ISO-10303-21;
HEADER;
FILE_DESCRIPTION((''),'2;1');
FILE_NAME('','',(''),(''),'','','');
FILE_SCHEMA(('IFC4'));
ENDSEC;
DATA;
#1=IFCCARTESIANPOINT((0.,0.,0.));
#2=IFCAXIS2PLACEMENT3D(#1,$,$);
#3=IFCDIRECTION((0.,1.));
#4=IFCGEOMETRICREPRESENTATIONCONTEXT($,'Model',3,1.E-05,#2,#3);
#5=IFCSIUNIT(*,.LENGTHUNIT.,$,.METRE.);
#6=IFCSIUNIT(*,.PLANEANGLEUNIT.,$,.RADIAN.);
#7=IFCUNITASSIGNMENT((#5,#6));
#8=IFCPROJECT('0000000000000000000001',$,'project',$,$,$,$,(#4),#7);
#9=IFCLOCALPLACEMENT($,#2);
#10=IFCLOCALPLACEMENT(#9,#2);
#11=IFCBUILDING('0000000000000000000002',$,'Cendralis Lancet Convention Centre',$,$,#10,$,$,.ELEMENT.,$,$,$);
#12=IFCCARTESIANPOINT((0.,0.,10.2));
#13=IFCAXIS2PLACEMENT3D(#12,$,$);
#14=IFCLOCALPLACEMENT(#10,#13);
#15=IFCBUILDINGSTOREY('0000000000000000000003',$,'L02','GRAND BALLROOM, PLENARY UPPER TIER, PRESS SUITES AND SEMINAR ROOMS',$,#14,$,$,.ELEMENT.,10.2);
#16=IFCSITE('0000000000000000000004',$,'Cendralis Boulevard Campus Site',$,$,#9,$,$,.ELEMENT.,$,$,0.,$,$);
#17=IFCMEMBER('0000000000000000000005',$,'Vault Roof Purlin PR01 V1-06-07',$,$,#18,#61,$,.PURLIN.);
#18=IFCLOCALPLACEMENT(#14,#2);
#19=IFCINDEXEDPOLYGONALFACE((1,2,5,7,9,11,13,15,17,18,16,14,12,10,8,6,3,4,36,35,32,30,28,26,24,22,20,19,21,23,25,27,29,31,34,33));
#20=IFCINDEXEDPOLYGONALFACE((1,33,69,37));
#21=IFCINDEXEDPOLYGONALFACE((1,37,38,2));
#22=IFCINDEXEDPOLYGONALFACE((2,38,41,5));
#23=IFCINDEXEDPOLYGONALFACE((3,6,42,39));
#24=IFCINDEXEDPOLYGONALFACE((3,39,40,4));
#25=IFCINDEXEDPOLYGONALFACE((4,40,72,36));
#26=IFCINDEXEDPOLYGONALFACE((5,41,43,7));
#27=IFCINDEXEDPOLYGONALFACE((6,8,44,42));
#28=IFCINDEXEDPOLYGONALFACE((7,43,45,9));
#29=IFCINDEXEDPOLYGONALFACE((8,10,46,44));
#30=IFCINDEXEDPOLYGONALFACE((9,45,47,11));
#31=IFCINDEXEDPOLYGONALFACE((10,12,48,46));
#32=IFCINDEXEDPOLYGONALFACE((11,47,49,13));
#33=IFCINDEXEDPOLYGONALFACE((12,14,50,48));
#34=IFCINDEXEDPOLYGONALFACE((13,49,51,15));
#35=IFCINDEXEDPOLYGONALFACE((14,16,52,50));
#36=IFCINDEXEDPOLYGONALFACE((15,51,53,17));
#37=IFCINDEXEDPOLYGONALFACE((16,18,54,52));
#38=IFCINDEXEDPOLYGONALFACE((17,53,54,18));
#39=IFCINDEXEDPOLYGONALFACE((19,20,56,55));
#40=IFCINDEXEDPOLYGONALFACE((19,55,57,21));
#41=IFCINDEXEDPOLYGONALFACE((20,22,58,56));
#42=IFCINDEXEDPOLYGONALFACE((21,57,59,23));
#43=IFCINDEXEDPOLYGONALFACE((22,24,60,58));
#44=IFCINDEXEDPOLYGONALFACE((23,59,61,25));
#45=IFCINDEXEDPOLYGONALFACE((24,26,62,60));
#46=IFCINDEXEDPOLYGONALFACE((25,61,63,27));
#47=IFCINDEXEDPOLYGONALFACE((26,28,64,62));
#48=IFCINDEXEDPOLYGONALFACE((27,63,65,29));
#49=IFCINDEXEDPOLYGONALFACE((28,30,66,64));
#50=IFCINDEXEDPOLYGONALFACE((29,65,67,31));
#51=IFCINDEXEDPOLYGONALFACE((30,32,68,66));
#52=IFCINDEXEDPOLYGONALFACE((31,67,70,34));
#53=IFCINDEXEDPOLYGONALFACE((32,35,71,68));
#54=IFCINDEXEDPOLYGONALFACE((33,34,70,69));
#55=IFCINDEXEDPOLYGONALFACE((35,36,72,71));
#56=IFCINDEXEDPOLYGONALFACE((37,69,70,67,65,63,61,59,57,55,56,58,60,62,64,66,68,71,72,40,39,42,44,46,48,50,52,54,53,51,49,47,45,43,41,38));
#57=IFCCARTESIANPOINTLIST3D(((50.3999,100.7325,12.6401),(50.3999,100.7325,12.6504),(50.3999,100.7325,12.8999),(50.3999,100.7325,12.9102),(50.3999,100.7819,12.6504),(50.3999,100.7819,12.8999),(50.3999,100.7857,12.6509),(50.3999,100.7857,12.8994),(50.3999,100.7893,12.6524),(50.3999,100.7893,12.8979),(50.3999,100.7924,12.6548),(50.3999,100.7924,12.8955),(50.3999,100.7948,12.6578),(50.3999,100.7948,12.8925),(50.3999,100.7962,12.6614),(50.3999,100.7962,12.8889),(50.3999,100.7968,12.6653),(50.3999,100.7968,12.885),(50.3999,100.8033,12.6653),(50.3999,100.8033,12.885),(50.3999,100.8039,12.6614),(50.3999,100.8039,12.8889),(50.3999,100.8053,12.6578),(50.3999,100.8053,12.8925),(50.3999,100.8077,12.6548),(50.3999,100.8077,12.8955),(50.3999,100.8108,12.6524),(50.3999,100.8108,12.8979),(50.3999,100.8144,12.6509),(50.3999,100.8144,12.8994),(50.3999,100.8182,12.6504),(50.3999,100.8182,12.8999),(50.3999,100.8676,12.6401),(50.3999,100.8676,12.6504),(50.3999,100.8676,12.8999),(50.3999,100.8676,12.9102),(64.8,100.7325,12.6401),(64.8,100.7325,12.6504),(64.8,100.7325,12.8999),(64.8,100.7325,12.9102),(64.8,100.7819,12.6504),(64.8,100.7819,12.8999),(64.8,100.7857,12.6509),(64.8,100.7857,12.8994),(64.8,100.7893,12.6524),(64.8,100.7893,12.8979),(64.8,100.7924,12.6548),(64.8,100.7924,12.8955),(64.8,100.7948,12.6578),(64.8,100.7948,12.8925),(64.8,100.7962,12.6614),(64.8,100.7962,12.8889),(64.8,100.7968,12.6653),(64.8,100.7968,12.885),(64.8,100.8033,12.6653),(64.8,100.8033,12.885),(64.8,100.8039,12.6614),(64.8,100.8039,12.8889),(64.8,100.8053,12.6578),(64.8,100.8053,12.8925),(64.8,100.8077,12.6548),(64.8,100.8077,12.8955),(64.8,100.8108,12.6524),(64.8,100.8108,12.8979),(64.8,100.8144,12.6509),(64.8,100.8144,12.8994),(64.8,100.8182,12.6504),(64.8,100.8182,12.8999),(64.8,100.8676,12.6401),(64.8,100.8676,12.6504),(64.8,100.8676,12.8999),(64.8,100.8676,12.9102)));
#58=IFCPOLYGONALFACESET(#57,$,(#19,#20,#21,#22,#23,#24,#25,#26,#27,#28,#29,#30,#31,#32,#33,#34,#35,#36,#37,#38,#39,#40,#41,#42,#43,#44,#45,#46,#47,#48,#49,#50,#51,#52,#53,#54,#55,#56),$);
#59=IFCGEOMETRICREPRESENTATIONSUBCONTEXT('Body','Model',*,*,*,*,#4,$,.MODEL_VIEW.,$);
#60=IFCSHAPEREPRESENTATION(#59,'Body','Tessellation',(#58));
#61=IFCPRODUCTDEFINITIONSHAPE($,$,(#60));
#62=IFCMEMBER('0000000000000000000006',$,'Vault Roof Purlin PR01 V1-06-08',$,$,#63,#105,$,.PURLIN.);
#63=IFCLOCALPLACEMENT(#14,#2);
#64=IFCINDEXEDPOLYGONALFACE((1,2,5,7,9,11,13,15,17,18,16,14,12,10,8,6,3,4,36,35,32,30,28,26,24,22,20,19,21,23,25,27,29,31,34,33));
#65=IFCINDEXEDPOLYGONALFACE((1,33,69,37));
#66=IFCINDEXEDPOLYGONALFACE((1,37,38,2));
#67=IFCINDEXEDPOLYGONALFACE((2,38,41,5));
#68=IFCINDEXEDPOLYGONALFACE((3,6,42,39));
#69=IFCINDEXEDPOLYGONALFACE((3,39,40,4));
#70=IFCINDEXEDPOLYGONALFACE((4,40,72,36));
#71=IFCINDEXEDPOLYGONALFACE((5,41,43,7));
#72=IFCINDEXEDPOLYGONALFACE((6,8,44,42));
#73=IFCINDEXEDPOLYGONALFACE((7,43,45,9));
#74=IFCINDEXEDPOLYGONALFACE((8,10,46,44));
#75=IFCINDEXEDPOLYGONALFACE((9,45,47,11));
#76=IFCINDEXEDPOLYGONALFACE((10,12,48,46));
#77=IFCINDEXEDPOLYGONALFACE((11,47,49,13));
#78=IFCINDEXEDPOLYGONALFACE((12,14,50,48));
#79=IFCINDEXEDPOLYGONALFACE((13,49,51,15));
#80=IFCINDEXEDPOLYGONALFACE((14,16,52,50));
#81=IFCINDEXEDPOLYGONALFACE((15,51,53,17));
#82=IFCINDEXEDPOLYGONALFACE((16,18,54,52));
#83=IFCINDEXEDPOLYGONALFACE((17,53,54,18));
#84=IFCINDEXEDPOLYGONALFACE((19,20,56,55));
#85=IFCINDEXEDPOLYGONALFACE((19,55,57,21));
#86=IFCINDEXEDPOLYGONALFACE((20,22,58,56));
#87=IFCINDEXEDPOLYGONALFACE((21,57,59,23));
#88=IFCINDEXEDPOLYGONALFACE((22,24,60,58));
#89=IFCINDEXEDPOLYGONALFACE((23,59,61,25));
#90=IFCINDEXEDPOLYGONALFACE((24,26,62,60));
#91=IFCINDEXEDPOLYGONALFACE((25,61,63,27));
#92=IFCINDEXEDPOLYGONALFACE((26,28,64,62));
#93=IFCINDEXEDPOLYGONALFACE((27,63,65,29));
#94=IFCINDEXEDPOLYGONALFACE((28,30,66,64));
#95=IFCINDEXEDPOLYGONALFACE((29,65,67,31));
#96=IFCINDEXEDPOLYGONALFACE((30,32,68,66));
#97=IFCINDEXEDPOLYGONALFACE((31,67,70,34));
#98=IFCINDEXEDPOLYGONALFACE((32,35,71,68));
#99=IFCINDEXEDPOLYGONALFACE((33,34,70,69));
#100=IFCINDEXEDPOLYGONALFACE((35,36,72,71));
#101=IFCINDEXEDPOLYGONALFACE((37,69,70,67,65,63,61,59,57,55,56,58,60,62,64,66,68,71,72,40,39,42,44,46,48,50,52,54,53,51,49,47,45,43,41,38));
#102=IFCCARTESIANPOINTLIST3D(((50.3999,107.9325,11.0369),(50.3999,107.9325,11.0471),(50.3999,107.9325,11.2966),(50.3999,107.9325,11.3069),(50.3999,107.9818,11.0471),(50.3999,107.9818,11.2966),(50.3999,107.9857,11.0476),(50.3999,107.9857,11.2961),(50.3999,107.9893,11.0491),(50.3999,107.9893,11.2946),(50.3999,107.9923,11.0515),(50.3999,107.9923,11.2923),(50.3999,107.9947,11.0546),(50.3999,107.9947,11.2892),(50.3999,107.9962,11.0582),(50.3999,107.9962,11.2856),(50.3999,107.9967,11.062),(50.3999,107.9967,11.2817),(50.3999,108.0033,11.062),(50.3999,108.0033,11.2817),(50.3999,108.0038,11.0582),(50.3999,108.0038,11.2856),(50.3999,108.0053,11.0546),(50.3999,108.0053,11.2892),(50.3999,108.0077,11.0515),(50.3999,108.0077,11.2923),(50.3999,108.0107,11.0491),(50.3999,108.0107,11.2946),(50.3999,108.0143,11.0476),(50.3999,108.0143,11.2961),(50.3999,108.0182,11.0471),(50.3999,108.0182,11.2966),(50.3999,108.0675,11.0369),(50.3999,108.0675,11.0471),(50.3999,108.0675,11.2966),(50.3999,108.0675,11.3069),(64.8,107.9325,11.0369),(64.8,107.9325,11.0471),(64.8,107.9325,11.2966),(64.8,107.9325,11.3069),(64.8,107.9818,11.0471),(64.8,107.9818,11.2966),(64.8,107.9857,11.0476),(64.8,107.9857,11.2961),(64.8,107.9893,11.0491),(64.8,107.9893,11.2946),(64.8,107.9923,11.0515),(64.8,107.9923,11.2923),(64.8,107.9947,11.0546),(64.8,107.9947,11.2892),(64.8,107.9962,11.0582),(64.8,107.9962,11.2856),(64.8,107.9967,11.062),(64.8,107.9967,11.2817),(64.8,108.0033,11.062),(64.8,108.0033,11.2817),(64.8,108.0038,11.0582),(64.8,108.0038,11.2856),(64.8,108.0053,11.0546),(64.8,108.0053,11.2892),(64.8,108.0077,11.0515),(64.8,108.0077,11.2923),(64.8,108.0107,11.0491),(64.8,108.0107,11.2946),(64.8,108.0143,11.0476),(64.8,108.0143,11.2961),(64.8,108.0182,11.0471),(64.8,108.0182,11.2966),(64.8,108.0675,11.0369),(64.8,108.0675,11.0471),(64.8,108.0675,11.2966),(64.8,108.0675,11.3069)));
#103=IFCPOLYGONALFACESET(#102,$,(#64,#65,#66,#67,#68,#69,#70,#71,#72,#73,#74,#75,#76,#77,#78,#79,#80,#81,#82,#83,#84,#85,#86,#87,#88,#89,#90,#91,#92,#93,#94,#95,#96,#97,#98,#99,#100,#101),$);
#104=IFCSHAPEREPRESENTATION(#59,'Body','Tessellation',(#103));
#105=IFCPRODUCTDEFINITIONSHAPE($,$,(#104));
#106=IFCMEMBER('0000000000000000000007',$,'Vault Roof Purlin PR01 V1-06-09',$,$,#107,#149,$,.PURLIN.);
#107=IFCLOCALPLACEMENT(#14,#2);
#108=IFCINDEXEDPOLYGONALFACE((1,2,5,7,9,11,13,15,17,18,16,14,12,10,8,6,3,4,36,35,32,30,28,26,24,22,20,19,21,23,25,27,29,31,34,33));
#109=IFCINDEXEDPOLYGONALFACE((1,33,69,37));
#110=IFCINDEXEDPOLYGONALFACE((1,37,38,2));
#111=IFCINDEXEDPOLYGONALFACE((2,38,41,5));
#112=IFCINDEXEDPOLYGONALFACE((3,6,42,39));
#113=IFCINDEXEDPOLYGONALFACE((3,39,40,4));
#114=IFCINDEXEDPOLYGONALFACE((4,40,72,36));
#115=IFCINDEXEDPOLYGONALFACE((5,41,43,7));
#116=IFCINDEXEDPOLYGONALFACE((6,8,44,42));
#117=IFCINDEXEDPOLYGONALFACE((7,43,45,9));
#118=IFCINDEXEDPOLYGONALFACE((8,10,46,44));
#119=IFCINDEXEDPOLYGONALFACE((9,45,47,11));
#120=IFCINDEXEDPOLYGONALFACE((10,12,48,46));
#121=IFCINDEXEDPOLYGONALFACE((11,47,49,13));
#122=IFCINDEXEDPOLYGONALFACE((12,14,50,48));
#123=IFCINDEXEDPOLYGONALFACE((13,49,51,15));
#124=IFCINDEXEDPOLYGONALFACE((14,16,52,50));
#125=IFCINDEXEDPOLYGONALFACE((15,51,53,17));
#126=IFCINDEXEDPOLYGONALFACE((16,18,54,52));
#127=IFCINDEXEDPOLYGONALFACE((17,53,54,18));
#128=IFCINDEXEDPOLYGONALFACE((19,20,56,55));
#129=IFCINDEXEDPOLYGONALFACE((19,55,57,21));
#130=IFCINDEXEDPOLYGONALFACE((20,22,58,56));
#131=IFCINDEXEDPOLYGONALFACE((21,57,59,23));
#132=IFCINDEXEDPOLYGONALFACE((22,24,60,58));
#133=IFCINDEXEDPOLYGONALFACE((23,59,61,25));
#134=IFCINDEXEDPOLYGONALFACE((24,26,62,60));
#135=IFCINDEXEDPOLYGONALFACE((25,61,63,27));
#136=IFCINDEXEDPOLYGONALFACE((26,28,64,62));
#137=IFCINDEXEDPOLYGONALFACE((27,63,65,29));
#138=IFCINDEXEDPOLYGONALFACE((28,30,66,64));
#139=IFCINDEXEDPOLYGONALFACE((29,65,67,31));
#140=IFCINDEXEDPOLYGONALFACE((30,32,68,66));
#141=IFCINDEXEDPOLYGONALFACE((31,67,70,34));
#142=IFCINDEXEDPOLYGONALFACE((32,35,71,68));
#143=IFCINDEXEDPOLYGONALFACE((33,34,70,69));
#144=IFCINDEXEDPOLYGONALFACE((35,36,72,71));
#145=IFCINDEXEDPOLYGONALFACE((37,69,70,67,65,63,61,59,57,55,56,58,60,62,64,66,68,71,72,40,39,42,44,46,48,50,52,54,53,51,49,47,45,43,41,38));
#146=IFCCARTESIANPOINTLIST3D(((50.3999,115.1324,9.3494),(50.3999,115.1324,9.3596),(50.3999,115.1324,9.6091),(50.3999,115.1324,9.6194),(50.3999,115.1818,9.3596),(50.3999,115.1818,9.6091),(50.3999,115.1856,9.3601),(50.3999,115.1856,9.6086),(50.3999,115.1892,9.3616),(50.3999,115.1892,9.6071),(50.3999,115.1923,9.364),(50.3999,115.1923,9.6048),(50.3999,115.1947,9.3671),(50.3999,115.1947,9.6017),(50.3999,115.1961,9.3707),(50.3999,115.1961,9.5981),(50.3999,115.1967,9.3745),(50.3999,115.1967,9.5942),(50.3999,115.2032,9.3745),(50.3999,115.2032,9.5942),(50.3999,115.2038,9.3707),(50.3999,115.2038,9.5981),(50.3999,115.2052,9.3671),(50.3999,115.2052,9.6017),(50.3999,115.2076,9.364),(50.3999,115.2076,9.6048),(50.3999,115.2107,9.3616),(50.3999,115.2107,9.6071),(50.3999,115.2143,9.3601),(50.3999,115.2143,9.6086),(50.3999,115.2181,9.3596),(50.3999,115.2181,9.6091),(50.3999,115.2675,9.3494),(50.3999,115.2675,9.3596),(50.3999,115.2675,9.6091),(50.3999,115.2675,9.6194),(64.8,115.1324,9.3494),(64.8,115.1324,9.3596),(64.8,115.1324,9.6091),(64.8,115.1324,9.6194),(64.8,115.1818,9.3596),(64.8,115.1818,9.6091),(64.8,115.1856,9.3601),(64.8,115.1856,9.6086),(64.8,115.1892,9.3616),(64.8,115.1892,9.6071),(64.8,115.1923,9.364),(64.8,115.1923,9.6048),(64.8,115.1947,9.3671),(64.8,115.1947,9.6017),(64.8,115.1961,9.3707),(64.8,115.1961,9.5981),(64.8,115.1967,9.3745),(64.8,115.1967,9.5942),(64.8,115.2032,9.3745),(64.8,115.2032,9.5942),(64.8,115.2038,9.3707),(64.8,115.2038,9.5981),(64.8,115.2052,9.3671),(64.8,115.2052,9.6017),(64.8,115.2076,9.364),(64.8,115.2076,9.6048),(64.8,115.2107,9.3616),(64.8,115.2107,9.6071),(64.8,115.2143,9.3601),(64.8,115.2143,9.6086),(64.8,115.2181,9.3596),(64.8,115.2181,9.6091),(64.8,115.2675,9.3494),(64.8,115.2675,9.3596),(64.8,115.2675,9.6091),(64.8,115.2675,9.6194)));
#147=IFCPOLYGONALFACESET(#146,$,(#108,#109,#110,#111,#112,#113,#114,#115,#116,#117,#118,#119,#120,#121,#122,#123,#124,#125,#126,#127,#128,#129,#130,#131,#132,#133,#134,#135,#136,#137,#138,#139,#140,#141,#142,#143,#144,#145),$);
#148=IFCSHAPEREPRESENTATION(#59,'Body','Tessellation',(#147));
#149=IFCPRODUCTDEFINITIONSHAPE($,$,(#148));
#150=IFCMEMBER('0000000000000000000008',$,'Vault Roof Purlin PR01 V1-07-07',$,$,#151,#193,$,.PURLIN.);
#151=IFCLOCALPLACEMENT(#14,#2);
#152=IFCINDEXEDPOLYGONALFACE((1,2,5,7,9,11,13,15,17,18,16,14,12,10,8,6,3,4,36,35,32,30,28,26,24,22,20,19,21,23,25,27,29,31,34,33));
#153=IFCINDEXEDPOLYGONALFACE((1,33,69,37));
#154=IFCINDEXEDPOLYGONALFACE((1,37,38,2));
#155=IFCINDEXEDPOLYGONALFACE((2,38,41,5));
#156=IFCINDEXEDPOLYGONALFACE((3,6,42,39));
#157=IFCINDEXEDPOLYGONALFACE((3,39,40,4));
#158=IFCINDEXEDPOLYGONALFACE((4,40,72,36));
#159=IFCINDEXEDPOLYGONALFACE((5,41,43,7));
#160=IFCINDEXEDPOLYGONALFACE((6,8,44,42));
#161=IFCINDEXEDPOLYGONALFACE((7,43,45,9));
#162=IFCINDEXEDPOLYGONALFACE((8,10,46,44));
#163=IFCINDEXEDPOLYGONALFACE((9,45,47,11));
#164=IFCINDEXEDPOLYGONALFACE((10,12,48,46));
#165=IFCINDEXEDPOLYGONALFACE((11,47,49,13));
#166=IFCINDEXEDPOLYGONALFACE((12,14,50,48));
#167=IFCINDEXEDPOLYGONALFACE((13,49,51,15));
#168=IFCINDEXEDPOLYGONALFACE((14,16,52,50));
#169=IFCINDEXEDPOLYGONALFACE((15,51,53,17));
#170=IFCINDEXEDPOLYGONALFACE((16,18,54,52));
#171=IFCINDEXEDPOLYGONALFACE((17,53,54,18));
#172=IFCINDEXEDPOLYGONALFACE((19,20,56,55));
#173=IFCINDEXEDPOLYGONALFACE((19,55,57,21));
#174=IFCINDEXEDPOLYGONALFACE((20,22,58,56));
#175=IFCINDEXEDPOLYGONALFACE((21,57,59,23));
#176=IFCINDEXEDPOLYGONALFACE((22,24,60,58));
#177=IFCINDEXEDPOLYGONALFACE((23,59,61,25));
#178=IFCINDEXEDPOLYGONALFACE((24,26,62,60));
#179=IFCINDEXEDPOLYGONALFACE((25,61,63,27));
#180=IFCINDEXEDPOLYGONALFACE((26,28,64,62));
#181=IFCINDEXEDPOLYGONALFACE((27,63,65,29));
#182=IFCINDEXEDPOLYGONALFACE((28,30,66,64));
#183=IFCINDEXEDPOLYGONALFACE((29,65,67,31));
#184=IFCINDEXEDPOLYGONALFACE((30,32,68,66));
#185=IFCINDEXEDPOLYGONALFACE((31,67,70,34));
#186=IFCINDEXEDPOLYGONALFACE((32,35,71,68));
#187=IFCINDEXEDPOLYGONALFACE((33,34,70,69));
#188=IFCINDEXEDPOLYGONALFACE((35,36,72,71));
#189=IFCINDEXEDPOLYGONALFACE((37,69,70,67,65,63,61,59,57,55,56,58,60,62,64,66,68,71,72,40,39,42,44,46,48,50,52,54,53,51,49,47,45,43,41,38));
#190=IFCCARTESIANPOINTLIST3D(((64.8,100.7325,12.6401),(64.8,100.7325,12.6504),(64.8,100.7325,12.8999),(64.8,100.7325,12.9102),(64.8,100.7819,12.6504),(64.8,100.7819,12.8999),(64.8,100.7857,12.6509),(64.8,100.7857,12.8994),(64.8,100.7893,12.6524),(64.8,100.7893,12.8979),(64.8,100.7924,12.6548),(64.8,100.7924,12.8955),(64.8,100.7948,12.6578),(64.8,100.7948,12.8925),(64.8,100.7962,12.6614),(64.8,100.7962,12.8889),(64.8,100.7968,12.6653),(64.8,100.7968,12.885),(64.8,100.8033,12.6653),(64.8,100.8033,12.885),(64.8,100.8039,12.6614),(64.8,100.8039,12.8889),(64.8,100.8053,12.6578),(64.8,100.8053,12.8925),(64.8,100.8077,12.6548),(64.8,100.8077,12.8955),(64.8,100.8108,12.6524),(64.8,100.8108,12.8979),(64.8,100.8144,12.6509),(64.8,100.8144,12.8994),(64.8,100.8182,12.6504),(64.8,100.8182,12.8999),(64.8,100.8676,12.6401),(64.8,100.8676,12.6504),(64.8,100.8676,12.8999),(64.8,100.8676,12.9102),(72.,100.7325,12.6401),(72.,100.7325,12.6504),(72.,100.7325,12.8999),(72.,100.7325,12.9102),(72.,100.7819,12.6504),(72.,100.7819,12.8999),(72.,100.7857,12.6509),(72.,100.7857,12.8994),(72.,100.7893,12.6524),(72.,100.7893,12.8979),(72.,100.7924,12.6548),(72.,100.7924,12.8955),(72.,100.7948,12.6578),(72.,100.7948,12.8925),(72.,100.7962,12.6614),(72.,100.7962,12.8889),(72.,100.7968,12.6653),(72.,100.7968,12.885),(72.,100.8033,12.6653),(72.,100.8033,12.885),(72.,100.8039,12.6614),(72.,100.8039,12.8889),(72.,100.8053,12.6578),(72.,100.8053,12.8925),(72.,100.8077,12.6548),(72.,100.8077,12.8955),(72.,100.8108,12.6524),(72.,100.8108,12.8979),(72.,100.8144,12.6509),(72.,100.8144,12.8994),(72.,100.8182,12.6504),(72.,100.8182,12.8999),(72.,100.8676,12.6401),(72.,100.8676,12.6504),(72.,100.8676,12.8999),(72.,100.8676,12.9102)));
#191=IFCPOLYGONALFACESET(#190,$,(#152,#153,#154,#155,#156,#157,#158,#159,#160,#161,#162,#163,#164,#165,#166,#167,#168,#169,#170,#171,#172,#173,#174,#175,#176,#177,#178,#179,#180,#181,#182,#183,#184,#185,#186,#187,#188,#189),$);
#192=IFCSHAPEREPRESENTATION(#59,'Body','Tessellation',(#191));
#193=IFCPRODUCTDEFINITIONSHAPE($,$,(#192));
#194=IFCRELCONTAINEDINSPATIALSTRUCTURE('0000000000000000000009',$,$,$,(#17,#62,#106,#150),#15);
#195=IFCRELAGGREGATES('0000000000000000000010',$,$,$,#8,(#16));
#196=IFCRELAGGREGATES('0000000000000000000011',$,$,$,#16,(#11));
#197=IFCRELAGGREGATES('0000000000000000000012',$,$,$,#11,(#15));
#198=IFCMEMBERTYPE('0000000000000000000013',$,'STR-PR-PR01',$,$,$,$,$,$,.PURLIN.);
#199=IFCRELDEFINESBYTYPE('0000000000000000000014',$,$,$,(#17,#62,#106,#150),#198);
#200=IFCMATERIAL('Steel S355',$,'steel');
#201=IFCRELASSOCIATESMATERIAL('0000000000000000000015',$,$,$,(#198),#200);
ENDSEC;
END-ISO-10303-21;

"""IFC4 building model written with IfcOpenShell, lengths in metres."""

from ifc_helpers import new_model, si_unit, direction, frame, origin, origin_2d, place, context, subcontext, project, spatial, i_section, extrude, material, material_profile, profile_set, type_object, element, save


model = new_model("IFC4")

# Units and contexts
model_context = context("Model", 3, precision=1e-05, world=origin(), true_north=direction((0.0, 1.0)))
body_context = subcontext(model_context, "Body", "Model", "MODEL_VIEW")
ifc_project = project(units=[si_unit("LENGTHUNIT", "METRE"), si_unit("PLANEANGLEUNIT", "RADIAN")], contexts=[model_context])

# Site, building, storey
site_placement = place(None, origin())
site = spatial("IfcSite", under=ifc_project, at=site_placement, Name="Cendralis Boulevard Campus Site", CompositionType="ELEMENT", RefElevation=0.0)
building_placement = place(site_placement, origin())
building = spatial("IfcBuilding", under=site, at=building_placement, Name="Cendralis Lancet Convention Centre", CompositionType="ELEMENT")
storey_placement = place(building_placement, frame((0.0, 0.0, 10.2)))
storey = spatial("IfcBuildingStorey", under=building, at=storey_placement, Name="L02", Description="GRAND BALLROOM, PLENARY UPPER TIER, PRESS SUITES AND SEMINAR ROOMS", CompositionType="ELEMENT", Elevation=10.2)

# Members
ifc_material = material(Name="Steel S355", Category="steel")
ifc_material_profile_1 = material_profile(ifc_material, i_section(OverallWidth=0.135, OverallDepth=0.27, WebThickness=0.0066, FlangeThickness=0.0103, FilletRadius=0.0149, at=origin_2d()), Name="IPE 270")
ifc_profile_set_1 = profile_set([ifc_material_profile_1], Name="Steel S355")
member_type_1 = type_object("IfcMemberType", Name="STR-PR-PR01", PredefinedType="PURLIN", material=ifc_profile_set_1)
for number, where, z_axis, x_axis, name in (
    (1, (50.3999, 100.8, 12.7751), (1.0, 0.0, 0.0), (0.0, 1.0, 0.0), "Vault Roof Purlin PR01 V1-06-07"),
    (2, (50.3999, 108.0, 11.1719), (1.0, 0.0, 0.0), (0.0, 1.0, 0.0), "Vault Roof Purlin PR01 V1-06-08"),
    (3, (50.3999, 115.2, 9.4844), (1.0, 0.0, 0.0), (0.0, 1.0, 0.0), "Vault Roof Purlin PR01 V1-06-09"),
):
    element("IfcMember", number, at=place(storey_placement, frame(where, z_axis=z_axis, x_axis=x_axis)), inside=storey, type_object=member_type_1, Name=name, PredefinedType="PURLIN", context=body_context, shape_type="SweptSolid", body=[
        extrude(i_section(OverallWidth=0.135, OverallDepth=0.27, WebThickness=0.0066, FlangeThickness=0.0103, FilletRadius=0.0149, at=origin_2d()), origin(), (0.0, 0.0, 1.0), 14.4001),
    ])
member_1_placement = place(storey_placement, frame((64.8, 100.8, 12.7751), z_axis=(1.0, 0.0, 0.0), x_axis=(0.0, 1.0, 0.0)))
element("IfcMember", 4, at=member_1_placement, inside=storey, type_object=member_type_1, Name="Vault Roof Purlin PR01 V1-07-07", PredefinedType="PURLIN", context=body_context, shape_type="SweptSolid", body=[
    extrude(i_section(OverallWidth=0.135, OverallDepth=0.27, WebThickness=0.0066, FlangeThickness=0.0103, FilletRadius=0.0149, at=origin_2d()), origin(), (0.0, 0.0, 1.0), 7.2),
])

save(model, "model.ifc")
